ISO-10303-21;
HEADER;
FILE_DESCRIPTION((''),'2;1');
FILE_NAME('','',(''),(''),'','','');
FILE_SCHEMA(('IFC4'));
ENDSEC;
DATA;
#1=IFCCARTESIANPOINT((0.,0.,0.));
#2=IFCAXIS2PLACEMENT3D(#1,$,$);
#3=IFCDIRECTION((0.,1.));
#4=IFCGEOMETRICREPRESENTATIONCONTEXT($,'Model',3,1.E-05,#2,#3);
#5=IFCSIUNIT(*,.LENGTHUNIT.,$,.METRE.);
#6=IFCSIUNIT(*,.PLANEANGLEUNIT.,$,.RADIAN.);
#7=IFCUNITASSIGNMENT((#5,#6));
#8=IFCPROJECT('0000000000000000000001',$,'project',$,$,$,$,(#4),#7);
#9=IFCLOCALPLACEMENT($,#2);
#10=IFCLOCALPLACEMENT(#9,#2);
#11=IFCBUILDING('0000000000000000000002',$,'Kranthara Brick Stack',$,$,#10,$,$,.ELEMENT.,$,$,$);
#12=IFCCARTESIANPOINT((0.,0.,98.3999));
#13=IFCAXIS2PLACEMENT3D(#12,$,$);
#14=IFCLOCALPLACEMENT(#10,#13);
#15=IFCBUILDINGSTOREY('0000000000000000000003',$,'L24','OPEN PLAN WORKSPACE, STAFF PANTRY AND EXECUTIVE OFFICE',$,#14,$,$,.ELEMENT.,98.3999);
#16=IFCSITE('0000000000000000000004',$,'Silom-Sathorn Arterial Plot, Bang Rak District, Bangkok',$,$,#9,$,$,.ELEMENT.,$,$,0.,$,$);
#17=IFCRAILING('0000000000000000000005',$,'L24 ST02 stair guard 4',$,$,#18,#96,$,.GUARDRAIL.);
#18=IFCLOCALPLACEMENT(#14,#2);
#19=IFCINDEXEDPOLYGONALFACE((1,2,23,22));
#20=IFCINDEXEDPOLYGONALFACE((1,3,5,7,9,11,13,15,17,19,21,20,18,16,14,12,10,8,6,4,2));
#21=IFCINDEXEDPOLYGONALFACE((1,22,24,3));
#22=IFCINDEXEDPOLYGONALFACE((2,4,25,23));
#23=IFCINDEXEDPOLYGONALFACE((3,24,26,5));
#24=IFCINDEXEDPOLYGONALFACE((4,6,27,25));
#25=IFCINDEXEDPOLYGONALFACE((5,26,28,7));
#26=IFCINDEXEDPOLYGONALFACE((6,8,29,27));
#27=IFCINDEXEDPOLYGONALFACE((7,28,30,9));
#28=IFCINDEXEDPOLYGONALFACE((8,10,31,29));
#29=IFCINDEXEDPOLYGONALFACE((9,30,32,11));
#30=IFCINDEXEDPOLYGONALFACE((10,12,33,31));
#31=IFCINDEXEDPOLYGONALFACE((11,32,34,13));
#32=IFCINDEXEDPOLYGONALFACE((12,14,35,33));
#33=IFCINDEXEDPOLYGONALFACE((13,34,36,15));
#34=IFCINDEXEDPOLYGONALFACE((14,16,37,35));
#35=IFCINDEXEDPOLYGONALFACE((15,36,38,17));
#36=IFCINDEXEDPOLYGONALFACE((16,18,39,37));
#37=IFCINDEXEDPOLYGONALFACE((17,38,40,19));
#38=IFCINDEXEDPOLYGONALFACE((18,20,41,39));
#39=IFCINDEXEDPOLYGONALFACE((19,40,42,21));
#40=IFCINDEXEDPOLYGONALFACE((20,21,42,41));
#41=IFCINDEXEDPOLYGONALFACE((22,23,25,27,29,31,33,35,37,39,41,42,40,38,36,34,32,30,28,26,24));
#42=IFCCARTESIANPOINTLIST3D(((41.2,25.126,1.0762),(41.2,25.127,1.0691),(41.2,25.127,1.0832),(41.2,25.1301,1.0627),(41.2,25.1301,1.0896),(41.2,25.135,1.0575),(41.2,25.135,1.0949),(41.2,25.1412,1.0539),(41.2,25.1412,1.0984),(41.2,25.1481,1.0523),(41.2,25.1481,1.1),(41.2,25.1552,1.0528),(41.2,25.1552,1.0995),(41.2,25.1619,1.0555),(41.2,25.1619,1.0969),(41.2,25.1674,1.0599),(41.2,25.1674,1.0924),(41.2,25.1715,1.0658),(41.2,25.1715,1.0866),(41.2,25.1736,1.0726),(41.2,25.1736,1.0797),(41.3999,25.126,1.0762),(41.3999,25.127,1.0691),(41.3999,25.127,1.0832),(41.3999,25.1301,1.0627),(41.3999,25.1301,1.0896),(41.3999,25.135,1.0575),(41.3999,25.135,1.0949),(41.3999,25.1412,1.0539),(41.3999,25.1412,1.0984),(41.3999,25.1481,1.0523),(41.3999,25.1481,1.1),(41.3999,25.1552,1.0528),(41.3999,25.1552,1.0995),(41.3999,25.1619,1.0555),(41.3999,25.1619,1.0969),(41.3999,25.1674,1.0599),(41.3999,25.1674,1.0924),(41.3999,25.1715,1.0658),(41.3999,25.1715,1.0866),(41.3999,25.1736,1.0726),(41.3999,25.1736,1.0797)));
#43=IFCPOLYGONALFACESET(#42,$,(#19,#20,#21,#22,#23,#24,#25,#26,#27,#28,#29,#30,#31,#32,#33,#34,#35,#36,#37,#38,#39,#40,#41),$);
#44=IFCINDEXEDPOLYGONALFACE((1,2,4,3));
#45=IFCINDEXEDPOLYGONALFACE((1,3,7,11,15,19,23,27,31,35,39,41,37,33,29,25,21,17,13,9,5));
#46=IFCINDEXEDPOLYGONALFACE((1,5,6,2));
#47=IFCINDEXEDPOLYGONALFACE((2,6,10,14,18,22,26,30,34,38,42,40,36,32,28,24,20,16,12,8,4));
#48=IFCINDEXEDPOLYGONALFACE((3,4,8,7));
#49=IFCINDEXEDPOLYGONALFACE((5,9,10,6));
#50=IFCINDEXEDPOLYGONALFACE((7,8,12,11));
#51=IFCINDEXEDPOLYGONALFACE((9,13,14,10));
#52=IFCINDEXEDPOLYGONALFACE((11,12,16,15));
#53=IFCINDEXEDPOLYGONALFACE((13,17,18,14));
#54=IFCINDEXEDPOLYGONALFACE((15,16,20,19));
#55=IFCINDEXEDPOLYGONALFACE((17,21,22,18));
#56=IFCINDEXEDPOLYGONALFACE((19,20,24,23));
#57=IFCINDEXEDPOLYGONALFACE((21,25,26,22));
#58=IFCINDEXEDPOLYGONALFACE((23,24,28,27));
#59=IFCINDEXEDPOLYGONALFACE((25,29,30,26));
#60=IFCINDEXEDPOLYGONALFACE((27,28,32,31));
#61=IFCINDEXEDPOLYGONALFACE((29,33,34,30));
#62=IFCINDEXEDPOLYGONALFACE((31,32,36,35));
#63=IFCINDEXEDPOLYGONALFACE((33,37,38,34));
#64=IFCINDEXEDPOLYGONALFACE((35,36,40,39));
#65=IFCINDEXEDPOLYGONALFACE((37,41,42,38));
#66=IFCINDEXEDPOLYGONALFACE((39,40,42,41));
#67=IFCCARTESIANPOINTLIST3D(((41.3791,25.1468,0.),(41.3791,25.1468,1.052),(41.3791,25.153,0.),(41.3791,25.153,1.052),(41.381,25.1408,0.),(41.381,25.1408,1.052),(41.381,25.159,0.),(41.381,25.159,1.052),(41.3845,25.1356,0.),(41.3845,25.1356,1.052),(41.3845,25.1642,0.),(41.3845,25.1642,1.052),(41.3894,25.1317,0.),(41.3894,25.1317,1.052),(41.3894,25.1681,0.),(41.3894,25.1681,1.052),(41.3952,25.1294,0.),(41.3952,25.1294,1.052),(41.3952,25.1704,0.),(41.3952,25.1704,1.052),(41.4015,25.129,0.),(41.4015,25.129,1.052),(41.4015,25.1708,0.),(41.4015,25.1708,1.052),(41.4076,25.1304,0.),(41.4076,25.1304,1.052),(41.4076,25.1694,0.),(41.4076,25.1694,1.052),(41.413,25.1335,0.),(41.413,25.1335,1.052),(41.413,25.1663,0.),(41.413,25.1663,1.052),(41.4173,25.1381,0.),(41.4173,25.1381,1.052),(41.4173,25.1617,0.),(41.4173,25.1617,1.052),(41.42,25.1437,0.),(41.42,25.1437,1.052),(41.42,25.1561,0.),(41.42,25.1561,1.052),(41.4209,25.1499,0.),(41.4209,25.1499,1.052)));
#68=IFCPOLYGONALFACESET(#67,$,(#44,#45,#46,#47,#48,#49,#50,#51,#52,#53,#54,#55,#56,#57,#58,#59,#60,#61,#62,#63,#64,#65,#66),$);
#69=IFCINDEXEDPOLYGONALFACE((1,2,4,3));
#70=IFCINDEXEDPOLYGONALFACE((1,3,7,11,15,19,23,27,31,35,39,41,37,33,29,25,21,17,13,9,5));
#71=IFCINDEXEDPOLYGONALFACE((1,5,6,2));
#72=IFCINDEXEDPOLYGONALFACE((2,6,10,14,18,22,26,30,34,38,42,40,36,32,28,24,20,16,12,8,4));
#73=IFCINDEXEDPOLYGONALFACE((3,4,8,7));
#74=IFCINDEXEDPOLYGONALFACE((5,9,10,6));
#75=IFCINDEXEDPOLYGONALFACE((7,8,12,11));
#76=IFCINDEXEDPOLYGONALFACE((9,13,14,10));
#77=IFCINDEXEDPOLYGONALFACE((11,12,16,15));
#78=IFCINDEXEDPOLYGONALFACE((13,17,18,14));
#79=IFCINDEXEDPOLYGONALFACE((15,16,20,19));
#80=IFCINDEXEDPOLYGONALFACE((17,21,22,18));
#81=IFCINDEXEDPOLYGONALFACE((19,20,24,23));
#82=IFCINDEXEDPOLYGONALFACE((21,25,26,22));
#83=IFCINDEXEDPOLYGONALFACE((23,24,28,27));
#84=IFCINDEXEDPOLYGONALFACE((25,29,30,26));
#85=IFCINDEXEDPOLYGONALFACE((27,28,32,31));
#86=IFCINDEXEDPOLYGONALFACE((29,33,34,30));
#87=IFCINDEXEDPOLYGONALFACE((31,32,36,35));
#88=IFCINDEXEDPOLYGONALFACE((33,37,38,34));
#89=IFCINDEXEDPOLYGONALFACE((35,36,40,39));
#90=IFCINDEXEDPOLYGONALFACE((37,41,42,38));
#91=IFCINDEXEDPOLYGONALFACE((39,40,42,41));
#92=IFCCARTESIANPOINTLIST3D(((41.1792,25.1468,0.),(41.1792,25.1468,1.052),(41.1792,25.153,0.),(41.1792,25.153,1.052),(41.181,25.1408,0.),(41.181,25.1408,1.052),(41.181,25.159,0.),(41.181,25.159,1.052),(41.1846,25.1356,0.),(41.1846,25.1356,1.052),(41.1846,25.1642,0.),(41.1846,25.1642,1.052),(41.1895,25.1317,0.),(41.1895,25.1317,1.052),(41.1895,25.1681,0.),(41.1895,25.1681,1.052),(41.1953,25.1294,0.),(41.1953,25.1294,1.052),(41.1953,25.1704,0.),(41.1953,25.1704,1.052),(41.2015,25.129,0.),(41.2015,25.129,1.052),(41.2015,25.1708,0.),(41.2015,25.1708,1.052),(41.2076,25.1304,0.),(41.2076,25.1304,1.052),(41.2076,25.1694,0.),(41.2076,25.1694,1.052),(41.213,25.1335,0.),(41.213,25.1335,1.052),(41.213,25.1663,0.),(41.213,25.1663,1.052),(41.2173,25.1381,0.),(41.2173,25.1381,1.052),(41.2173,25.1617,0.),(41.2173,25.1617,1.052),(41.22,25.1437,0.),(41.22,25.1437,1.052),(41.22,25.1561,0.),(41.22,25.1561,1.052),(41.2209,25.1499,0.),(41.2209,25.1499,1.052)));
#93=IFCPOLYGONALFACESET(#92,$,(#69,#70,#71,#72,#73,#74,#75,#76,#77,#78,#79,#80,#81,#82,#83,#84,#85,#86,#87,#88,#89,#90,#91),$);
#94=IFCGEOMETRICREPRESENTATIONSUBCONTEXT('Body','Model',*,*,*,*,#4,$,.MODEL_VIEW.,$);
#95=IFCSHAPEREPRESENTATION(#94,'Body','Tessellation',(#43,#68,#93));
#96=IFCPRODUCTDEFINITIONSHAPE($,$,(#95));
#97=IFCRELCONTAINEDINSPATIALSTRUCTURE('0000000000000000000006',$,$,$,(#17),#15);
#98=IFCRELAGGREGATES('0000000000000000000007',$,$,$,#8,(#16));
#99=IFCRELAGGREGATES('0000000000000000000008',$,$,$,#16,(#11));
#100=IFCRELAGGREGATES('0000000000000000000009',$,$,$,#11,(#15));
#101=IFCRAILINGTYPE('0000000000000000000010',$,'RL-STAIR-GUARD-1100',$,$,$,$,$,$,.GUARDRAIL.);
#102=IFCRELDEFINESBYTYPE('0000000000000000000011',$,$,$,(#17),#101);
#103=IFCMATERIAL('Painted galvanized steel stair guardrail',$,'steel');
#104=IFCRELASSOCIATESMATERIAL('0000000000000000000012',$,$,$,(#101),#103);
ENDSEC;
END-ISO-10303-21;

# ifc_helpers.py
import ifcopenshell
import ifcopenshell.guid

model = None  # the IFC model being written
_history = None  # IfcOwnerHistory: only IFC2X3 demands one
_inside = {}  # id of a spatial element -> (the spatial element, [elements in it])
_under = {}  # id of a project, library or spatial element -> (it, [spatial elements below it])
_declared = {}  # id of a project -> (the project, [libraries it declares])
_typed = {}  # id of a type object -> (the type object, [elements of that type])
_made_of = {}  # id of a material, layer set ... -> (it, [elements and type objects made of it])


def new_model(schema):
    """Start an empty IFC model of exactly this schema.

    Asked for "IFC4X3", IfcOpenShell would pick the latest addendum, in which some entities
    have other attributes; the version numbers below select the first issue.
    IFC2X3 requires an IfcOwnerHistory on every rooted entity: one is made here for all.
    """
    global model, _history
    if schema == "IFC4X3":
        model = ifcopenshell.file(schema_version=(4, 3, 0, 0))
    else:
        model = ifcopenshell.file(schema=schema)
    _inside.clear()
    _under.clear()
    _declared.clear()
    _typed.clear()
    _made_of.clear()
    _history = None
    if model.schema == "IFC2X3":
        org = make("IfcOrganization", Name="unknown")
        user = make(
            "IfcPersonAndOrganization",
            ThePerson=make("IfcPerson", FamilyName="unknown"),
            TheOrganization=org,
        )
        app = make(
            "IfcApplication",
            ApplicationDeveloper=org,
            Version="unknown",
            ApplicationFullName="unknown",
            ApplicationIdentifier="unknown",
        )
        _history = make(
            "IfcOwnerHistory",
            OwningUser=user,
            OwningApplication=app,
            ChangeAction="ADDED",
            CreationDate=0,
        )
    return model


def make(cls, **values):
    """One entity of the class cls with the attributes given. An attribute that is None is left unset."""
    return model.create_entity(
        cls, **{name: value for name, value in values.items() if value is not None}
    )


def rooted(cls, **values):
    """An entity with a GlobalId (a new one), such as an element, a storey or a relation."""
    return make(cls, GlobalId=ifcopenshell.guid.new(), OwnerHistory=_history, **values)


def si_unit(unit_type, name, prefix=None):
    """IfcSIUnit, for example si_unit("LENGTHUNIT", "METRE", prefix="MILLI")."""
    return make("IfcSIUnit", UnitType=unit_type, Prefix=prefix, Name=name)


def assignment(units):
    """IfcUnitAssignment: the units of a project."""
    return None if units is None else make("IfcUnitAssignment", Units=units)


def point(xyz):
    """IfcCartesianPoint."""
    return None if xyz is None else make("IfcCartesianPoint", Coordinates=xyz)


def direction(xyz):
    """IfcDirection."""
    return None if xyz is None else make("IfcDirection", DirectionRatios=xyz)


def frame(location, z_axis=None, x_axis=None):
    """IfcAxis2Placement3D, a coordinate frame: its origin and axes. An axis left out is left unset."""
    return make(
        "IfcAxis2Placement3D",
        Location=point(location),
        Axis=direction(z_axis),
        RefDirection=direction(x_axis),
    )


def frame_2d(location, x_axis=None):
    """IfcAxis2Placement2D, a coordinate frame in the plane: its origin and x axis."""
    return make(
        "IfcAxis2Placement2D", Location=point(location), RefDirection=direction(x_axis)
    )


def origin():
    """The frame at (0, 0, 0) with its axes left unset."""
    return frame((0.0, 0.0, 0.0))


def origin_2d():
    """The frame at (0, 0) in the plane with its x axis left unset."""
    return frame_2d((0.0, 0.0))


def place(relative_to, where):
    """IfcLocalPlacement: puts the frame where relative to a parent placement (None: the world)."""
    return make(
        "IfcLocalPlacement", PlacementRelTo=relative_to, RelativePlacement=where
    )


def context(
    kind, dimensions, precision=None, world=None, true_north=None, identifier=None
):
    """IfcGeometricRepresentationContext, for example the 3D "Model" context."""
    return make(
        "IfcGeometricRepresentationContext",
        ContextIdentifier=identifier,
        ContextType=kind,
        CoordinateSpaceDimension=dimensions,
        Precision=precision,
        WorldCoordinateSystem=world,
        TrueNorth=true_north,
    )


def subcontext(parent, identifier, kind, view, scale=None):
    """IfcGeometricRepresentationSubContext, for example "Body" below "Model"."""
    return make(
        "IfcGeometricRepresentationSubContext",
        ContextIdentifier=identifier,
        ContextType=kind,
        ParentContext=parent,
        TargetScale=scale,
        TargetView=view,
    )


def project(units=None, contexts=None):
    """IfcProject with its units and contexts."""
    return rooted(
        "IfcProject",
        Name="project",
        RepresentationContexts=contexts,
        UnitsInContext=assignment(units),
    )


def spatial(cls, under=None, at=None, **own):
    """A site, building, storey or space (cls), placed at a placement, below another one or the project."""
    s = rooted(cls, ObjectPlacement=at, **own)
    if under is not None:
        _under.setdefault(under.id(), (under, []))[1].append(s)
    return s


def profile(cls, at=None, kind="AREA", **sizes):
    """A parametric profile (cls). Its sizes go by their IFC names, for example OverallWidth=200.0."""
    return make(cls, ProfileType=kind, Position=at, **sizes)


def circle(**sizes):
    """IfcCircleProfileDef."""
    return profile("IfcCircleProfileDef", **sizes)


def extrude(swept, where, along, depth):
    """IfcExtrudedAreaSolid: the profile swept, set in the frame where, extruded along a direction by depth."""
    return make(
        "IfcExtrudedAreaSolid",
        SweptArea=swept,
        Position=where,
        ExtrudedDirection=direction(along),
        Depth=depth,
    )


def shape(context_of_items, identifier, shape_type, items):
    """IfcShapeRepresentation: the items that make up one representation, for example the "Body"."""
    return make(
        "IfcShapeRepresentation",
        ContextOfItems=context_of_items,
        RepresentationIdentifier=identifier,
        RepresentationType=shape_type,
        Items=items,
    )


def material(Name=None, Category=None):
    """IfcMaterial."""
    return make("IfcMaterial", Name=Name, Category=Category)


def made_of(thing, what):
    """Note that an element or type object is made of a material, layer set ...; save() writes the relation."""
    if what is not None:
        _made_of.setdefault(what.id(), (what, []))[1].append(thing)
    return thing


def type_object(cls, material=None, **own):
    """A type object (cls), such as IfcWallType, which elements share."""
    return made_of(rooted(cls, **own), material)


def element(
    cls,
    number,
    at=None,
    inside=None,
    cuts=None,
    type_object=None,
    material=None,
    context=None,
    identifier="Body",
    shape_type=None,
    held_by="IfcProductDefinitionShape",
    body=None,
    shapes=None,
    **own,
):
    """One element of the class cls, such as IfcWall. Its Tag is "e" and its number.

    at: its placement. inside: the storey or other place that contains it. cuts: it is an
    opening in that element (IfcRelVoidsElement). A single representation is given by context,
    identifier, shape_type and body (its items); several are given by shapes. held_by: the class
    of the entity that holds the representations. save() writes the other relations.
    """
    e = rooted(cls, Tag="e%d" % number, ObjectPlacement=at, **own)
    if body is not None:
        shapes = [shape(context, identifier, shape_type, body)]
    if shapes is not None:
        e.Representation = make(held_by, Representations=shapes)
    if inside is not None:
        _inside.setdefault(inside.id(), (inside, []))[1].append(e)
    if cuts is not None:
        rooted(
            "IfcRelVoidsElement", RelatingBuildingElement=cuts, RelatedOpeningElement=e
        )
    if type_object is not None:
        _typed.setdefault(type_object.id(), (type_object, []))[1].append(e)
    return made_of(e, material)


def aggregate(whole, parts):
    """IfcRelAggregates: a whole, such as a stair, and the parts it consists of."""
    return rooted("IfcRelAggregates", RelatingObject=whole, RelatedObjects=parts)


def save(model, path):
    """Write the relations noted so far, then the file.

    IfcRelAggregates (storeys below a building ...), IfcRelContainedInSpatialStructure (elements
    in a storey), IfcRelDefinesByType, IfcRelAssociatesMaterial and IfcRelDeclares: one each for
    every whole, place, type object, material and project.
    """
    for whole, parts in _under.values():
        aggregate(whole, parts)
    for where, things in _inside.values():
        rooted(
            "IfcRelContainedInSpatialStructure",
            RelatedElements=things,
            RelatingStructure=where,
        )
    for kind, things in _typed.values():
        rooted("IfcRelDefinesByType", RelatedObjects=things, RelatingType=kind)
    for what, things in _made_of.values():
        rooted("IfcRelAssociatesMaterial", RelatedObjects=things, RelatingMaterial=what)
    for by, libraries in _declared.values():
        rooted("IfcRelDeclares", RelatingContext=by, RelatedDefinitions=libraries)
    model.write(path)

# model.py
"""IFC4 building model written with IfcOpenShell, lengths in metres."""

from ifc_helpers import new_model, si_unit, direction, frame, origin, origin_2d, place, context, subcontext, project, spatial, circle, extrude, material, type_object, element, save


model = new_model("IFC4")

# Units and contexts
model_context = context("Model", 3, precision=1e-05, world=origin(), true_north=direction((0.0, 1.0)))
body_context = subcontext(model_context, "Body", "Model", "MODEL_VIEW")
ifc_project = project(units=[si_unit("LENGTHUNIT", "METRE"), si_unit("PLANEANGLEUNIT", "RADIAN")], contexts=[model_context])

# Site, building, storey
site_placement = place(None, origin())
site = spatial("IfcSite", under=ifc_project, at=site_placement, Name="Silom-Sathorn Arterial Plot, Bang Rak District, Bangkok", CompositionType="ELEMENT", RefElevation=0.0)
building_placement = place(site_placement, origin())
building = spatial("IfcBuilding", under=site, at=building_placement, Name="Kranthara Brick Stack", CompositionType="ELEMENT")
storey_placement = place(building_placement, frame((0.0, 0.0, 98.3999)))
storey = spatial("IfcBuildingStorey", under=building, at=storey_placement, Name="L24", Description="OPEN PLAN WORKSPACE, STAFF PANTRY AND EXECUTIVE OFFICE", CompositionType="ELEMENT", Elevation=98.3999)

# Railing
ifc_material_1 = material(Name="Painted galvanized steel stair guardrail", Category="steel")
railing_type = type_object("IfcRailingType", Name="RL-STAIR-GUARD-1100", PredefinedType="GUARDRAIL", material=ifc_material_1)
railing_placement = place(storey_placement, frame((41.3999, 25.1499, 0.0)))
element("IfcRailing", 1, at=railing_placement, inside=storey, type_object=railing_type, Name="L24 ST02 stair guard 4", PredefinedType="GUARDRAIL", context=body_context, shape_type="SweptSolid", body=[
    extrude(circle(Radius=0.0239, at=origin_2d()), frame((0.0, 0.0, 1.0762), z_axis=(-1.0, 0.0, 0.0), x_axis=(0.0, -1.0, 0.0)), (0.0, 0.0, 1.0), 0.2),
    extrude(circle(Radius=0.021, at=origin_2d()), origin(), (0.0, 0.0, 1.0), 1.052),
    extrude(circle(Radius=0.021, at=origin_2d()), frame((-0.2, 0.0, 0.0)), (0.0, 0.0, 1.0), 1.052),
])

save(model, "model.ifc")
